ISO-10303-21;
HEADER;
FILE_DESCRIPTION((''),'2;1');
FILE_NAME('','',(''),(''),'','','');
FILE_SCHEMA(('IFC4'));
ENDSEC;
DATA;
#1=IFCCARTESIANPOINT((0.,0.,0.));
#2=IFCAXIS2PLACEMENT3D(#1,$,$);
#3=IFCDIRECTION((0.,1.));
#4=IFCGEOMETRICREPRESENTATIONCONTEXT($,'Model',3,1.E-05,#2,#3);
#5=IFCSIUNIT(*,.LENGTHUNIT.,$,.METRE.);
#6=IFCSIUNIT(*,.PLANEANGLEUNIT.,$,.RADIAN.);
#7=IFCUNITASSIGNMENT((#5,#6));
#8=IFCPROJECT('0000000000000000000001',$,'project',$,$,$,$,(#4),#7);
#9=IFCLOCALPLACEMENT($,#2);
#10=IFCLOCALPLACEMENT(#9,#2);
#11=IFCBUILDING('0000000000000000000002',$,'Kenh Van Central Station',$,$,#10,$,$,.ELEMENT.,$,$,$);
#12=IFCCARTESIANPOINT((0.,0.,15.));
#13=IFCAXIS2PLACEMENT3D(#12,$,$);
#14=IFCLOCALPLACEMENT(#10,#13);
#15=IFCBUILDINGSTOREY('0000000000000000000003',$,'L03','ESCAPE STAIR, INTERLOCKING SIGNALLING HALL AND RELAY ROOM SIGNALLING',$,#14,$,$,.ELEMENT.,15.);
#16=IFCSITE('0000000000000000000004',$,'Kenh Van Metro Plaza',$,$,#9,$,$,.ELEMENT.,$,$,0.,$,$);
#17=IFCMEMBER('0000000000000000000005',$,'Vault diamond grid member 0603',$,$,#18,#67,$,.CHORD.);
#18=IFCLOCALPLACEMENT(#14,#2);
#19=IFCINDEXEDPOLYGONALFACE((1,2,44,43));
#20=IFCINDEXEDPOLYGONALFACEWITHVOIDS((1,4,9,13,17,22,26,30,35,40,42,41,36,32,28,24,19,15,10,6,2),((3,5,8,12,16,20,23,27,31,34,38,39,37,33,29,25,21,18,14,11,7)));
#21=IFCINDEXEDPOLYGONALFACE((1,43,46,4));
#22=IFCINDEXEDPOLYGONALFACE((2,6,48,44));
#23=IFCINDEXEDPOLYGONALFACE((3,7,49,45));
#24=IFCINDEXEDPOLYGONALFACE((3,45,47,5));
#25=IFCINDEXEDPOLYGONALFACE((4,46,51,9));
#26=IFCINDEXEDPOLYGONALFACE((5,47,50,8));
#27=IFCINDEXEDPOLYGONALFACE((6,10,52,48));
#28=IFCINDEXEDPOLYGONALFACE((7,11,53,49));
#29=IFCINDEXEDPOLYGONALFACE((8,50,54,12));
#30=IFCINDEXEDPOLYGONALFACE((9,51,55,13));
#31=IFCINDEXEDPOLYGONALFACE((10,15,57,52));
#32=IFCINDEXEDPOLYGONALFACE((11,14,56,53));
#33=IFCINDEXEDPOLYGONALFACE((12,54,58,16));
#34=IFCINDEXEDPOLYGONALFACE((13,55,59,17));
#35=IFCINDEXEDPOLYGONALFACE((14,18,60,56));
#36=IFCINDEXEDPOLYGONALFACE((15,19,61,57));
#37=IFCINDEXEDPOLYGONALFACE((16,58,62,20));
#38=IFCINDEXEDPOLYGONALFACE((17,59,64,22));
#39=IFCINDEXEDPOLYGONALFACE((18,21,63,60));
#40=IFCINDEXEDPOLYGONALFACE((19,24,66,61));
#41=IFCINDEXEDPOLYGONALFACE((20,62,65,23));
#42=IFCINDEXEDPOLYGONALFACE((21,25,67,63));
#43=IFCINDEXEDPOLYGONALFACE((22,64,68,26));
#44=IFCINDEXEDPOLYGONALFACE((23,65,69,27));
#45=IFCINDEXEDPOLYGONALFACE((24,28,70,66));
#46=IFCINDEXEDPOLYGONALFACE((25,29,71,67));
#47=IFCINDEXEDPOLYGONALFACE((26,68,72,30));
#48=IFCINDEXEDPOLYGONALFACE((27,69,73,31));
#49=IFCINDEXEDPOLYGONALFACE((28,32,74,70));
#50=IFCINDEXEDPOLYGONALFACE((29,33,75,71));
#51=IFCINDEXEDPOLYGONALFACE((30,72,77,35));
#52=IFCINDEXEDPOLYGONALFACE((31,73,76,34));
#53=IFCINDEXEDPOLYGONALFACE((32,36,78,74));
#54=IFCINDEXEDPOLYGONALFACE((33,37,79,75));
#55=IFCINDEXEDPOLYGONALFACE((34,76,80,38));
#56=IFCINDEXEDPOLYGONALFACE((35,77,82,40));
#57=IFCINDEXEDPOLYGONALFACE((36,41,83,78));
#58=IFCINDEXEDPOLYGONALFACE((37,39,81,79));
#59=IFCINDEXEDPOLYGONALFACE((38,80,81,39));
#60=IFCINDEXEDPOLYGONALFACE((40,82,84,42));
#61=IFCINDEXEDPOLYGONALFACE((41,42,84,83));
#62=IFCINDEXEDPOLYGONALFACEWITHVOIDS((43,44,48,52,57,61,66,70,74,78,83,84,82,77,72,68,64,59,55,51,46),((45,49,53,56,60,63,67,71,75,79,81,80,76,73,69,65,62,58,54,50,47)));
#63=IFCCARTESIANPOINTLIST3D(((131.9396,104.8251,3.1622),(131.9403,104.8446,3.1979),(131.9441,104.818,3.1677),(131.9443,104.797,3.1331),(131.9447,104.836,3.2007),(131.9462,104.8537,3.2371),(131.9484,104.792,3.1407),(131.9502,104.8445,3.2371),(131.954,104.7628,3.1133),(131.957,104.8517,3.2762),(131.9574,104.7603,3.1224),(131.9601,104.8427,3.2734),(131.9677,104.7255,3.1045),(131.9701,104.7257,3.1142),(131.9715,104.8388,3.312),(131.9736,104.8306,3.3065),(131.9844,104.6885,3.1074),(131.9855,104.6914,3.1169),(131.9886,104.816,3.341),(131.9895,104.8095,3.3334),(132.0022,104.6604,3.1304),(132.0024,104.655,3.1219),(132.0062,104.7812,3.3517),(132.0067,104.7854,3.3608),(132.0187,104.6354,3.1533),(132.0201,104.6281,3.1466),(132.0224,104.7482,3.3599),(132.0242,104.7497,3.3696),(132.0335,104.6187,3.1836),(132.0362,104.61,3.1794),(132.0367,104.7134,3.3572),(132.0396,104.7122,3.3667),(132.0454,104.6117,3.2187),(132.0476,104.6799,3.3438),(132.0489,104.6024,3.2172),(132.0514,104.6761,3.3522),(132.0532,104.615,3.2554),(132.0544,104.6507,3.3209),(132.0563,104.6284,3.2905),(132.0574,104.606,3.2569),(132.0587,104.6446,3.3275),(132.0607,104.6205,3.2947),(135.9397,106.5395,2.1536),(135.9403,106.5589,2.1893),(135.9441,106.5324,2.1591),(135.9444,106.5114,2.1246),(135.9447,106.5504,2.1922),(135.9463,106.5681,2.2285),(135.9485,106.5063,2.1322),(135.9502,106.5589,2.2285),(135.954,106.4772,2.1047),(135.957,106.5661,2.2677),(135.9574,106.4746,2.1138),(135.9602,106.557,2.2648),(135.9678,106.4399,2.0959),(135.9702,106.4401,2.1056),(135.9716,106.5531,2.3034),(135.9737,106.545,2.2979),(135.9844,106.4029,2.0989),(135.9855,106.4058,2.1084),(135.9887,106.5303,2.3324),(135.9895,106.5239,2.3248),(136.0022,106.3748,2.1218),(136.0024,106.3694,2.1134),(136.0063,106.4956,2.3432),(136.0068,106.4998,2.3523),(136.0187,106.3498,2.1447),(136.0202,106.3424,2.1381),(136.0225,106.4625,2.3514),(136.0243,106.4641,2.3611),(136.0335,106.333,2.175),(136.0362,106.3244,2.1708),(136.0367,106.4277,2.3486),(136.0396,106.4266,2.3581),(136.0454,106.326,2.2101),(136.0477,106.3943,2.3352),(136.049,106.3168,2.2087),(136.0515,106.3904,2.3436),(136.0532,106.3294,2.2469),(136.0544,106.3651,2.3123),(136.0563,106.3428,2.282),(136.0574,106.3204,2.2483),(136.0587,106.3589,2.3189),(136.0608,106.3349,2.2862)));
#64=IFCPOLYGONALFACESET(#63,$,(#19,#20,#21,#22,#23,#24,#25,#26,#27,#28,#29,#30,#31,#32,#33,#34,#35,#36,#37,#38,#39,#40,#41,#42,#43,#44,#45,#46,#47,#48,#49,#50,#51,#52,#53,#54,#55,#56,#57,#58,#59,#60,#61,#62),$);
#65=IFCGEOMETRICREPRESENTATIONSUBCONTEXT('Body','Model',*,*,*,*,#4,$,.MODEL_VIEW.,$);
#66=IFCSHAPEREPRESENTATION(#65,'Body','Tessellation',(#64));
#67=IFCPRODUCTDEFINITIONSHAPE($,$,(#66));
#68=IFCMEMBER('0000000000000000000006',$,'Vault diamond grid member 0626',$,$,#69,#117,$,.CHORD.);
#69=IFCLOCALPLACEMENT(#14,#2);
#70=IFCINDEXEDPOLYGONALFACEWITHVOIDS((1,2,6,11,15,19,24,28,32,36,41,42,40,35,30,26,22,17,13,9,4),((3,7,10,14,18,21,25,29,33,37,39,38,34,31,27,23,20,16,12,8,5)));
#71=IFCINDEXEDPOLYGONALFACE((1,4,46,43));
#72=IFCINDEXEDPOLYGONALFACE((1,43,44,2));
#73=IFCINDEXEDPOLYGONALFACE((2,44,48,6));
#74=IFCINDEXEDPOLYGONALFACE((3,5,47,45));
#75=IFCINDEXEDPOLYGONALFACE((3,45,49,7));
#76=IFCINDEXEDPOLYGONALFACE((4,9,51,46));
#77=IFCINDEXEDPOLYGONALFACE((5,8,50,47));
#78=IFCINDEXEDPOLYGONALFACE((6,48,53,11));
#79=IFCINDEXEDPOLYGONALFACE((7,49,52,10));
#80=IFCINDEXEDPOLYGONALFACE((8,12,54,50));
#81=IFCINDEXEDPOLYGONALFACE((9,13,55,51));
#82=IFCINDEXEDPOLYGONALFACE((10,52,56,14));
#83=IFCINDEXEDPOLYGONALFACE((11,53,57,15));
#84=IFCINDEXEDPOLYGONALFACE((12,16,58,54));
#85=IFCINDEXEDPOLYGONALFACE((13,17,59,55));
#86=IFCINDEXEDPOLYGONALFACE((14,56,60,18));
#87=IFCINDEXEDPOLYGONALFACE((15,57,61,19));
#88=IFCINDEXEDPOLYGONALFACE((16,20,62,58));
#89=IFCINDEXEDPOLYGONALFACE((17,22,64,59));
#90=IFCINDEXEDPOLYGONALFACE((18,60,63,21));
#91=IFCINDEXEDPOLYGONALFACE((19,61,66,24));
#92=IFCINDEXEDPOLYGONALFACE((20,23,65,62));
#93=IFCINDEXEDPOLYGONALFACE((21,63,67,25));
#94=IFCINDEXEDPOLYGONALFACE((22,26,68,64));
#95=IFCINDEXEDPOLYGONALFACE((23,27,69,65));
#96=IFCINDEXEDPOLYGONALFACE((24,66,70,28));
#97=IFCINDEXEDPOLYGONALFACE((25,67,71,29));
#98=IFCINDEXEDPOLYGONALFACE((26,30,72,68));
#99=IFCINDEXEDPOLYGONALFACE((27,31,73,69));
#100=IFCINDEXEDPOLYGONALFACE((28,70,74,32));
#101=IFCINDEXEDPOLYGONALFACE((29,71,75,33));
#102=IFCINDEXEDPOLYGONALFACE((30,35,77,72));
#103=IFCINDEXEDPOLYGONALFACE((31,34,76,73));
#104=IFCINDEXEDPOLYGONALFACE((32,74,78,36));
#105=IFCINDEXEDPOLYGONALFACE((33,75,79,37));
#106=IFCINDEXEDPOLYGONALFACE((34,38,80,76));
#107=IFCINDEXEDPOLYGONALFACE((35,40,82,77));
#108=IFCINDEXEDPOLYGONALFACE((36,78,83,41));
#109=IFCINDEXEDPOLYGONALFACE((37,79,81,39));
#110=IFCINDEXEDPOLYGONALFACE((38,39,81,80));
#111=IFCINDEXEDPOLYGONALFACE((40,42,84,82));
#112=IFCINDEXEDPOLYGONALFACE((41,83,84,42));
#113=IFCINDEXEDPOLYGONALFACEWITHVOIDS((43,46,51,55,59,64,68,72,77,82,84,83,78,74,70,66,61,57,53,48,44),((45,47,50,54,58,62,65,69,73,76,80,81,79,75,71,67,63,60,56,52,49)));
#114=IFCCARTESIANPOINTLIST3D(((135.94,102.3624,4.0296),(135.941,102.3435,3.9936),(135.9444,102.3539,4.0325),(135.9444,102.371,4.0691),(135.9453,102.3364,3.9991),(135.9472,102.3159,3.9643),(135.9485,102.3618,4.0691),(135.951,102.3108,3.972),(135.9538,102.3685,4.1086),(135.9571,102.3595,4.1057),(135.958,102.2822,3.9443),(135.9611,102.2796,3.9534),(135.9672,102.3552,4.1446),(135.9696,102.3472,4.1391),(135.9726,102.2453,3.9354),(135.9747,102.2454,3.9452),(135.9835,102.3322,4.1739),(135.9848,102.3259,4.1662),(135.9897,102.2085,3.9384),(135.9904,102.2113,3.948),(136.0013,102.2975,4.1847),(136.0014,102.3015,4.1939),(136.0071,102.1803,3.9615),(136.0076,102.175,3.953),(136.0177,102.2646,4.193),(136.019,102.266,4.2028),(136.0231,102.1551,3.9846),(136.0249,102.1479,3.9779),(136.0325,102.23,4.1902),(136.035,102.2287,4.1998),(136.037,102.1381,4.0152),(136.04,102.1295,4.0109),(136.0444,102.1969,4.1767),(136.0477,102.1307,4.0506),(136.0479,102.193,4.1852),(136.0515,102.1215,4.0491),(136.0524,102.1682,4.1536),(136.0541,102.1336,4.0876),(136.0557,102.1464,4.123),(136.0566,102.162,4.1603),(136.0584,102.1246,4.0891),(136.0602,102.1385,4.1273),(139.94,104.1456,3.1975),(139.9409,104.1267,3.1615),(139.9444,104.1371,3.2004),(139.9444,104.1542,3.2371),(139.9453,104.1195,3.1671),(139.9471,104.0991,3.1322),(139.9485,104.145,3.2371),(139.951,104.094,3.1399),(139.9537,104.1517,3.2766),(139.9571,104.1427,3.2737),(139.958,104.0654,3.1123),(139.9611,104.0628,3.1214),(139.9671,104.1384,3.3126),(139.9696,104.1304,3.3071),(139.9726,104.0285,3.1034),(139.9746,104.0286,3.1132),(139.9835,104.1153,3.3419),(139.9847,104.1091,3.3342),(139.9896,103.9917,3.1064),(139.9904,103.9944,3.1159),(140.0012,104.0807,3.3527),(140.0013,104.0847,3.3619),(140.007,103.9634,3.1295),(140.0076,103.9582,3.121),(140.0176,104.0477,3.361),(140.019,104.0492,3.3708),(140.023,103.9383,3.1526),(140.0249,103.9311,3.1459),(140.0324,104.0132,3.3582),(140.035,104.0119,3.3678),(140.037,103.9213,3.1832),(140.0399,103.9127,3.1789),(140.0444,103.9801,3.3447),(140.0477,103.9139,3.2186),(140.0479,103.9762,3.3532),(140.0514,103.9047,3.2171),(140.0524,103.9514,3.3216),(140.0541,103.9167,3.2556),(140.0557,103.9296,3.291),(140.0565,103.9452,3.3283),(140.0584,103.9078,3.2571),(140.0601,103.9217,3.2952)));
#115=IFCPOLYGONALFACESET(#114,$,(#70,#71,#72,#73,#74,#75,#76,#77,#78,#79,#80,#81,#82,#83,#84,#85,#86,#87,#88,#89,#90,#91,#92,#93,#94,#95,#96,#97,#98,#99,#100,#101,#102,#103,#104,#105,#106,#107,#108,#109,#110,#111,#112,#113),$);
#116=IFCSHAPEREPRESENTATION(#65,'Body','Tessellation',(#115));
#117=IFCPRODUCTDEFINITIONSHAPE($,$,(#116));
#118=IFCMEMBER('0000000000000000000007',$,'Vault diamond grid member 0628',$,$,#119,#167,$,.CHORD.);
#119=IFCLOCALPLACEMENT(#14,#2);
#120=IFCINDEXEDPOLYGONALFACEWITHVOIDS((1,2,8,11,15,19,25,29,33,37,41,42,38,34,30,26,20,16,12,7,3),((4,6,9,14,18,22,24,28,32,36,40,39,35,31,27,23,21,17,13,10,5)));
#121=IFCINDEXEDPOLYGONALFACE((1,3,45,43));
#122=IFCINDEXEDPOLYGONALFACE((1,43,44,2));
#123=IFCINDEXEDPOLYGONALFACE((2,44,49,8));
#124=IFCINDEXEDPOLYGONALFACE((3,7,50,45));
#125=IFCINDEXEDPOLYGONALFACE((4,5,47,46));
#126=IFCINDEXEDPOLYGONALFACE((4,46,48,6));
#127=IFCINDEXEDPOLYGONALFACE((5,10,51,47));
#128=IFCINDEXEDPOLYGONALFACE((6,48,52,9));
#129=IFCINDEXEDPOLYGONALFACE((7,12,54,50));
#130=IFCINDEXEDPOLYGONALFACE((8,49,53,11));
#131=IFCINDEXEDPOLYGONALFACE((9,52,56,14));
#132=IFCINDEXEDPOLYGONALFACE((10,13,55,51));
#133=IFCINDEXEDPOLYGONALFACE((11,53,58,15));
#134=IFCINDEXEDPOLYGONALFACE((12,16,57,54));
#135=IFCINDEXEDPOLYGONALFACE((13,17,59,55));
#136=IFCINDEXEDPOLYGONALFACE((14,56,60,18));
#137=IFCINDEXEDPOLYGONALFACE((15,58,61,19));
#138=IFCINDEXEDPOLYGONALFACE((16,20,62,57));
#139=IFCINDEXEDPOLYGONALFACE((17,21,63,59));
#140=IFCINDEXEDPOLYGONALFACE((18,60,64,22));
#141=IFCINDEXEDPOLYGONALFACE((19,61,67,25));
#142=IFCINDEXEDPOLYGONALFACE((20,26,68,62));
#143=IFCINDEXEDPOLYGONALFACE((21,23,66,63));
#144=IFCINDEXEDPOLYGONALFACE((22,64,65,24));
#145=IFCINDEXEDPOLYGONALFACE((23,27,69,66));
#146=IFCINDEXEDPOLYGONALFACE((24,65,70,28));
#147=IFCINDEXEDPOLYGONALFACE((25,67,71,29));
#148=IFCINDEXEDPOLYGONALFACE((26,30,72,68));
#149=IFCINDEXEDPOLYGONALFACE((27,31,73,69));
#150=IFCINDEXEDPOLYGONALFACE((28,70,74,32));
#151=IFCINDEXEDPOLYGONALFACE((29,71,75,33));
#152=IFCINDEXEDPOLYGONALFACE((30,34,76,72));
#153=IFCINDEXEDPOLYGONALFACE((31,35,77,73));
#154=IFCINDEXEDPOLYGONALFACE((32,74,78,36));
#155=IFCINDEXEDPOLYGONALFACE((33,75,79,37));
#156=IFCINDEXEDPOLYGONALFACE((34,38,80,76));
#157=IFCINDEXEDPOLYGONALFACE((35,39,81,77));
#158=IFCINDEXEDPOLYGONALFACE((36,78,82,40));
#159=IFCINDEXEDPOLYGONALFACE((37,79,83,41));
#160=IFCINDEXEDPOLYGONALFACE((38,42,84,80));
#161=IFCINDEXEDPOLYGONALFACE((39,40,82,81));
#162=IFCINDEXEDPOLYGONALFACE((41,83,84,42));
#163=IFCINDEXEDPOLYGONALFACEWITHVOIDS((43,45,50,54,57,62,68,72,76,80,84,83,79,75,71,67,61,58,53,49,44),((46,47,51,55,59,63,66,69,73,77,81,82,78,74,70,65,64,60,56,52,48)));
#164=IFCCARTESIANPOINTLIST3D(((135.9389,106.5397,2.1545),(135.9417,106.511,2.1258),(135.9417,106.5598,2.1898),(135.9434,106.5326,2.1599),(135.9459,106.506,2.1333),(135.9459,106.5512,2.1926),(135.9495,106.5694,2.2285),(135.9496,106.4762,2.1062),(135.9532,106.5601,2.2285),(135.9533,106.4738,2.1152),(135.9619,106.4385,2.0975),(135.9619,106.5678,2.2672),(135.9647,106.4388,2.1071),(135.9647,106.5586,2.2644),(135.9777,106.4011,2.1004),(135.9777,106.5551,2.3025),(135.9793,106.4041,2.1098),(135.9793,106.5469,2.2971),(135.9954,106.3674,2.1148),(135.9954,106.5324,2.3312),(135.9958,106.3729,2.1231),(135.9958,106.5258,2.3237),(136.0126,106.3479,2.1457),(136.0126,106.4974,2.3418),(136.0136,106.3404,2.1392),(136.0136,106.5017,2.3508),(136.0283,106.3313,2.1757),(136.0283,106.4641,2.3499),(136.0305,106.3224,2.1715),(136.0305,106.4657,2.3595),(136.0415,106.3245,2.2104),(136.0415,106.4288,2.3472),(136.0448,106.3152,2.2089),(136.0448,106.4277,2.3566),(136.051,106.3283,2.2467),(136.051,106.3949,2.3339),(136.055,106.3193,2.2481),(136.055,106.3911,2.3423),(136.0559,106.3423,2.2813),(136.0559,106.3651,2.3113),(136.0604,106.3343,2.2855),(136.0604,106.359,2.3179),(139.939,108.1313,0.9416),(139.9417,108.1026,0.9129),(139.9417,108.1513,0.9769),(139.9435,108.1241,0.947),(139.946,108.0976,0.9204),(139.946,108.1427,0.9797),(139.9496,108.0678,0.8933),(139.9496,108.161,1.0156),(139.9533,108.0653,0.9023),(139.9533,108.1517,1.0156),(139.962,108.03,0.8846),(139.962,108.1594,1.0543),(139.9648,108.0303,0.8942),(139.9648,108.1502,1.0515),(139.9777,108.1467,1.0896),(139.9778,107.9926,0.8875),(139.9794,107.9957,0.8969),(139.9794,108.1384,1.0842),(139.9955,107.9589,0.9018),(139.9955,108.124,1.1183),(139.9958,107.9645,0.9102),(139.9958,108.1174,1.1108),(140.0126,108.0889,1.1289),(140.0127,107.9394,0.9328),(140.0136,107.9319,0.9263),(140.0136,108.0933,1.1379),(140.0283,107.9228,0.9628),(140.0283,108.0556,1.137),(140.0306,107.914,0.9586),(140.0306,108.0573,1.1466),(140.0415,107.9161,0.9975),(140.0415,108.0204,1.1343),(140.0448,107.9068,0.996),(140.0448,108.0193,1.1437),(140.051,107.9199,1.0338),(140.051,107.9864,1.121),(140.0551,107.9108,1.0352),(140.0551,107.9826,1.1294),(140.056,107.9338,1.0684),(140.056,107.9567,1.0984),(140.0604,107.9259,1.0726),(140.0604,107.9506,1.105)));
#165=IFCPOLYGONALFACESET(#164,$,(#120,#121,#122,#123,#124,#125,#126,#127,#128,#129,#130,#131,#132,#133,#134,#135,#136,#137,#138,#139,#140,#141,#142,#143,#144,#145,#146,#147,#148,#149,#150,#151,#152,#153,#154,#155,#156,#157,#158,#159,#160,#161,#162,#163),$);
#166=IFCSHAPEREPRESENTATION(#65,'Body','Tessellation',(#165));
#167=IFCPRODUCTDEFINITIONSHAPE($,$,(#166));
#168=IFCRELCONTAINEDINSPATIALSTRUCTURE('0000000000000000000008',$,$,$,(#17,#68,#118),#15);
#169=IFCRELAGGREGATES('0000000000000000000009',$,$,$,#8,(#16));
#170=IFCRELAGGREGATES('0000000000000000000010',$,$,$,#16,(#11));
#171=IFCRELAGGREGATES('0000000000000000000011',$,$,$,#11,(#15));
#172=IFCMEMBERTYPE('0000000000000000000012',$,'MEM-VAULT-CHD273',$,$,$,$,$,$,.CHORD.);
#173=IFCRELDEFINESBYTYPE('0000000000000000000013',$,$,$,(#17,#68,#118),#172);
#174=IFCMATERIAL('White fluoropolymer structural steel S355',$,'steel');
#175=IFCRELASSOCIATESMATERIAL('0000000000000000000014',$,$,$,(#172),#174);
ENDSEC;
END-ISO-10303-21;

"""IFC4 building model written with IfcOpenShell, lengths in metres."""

from ifc_helpers import new_model, si_unit, direction, frame, origin, origin_2d, place, context, subcontext, project, spatial, hollow_circle, extrude, material, material_profile, profile_set, type_object, element, save


model = new_model("IFC4")

# Units and contexts
model_context = context("Model", 3, precision=1e-05, world=origin(), true_north=direction((0.0, 1.0)))
body_context = subcontext(model_context, "Body", "Model", "MODEL_VIEW")
ifc_project = project(units=[si_unit("LENGTHUNIT", "METRE"), si_unit("PLANEANGLEUNIT", "RADIAN")], contexts=[model_context])

# Site, building, storey
site_placement = place(None, origin())
site = spatial("IfcSite", under=ifc_project, at=site_placement, Name="Kenh Van Metro Plaza", CompositionType="ELEMENT", RefElevation=0.0)
building_placement = place(site_placement, origin())
building = spatial("IfcBuilding", under=site, at=building_placement, Name="Kenh Van Central Station", CompositionType="ELEMENT")
storey_placement = place(building_placement, frame((0.0, 0.0, 15.0)))
storey = spatial("IfcBuildingStorey", under=building, at=storey_placement, Name="L03", Description="ESCAPE STAIR, INTERLOCKING SIGNALLING HALL AND RELAY ROOM SIGNALLING", CompositionType="ELEMENT", Elevation=15.0)

# Shared definitions
ifc_material_1 = material(Name="White fluoropolymer structural steel S355", Category="steel")

# Members
ifc_material_profile_1 = material_profile(ifc_material_1, hollow_circle(Radius=0.1365, WallThickness=0.01, at=origin_2d()), Name="CHS 273x10")
ifc_profile_set_1 = profile_set([ifc_material_profile_1], Name="White fluoropolymer structural steel S355")
member_type_1 = type_object("IfcMemberType", Name="MEM-VAULT-CHD273", PredefinedType="CHORD", material=ifc_profile_set_1)
member_1_placement = place(storey_placement, frame((132.0, 104.7283, 3.2371), z_axis=(0.895409, 0.383762, -0.225765), x_axis=(-0.393933, 0.919139, 0.0)))
element("IfcMember", 1, at=member_1_placement, inside=storey, type_object=member_type_1, Name="Vault diamond grid member 0603", PredefinedType="CHORD", context=body_context, shape_type="SweptSolid", body=[
    extrude(hollow_circle(Radius=0.1365, WallThickness=0.01, at=origin_2d()), origin(), (0.0, 0.0, 1.0), 4.4673),
])
member_2_placement = place(storey_placement, frame((136.0, 102.2463, 4.0691), z_axis=(0.897301, 0.400018, -0.186646), x_axis=(-0.407173, 0.913351, 0.0)))
element("IfcMember", 2, at=member_2_placement, inside=storey, type_object=member_type_1, Name="Vault diamond grid member 0626", PredefinedType="CHORD", context=body_context, shape_type="SweptSolid", body=[
    extrude(hollow_circle(Radius=0.1365, WallThickness=0.01, at=origin_2d()), origin(), (0.0, 0.0, 1.0), 4.4578),
])
member_3_placement = place(storey_placement, frame((136.0, 106.4426, 2.2285), z_axis=(0.894335, 0.355845, -0.271182), x_axis=(-0.369699, 0.929152, 0.0)))
element("IfcMember", 3, at=member_3_placement, inside=storey, type_object=member_type_1, Name="Vault diamond grid member 0628", PredefinedType="CHORD", context=body_context, shape_type="SweptSolid", body=[
    extrude(hollow_circle(Radius=0.1365, WallThickness=0.01, at=origin_2d()), origin(), (0.0, 0.0, 1.0), 4.4727),
])

save(model, "model.ifc")
